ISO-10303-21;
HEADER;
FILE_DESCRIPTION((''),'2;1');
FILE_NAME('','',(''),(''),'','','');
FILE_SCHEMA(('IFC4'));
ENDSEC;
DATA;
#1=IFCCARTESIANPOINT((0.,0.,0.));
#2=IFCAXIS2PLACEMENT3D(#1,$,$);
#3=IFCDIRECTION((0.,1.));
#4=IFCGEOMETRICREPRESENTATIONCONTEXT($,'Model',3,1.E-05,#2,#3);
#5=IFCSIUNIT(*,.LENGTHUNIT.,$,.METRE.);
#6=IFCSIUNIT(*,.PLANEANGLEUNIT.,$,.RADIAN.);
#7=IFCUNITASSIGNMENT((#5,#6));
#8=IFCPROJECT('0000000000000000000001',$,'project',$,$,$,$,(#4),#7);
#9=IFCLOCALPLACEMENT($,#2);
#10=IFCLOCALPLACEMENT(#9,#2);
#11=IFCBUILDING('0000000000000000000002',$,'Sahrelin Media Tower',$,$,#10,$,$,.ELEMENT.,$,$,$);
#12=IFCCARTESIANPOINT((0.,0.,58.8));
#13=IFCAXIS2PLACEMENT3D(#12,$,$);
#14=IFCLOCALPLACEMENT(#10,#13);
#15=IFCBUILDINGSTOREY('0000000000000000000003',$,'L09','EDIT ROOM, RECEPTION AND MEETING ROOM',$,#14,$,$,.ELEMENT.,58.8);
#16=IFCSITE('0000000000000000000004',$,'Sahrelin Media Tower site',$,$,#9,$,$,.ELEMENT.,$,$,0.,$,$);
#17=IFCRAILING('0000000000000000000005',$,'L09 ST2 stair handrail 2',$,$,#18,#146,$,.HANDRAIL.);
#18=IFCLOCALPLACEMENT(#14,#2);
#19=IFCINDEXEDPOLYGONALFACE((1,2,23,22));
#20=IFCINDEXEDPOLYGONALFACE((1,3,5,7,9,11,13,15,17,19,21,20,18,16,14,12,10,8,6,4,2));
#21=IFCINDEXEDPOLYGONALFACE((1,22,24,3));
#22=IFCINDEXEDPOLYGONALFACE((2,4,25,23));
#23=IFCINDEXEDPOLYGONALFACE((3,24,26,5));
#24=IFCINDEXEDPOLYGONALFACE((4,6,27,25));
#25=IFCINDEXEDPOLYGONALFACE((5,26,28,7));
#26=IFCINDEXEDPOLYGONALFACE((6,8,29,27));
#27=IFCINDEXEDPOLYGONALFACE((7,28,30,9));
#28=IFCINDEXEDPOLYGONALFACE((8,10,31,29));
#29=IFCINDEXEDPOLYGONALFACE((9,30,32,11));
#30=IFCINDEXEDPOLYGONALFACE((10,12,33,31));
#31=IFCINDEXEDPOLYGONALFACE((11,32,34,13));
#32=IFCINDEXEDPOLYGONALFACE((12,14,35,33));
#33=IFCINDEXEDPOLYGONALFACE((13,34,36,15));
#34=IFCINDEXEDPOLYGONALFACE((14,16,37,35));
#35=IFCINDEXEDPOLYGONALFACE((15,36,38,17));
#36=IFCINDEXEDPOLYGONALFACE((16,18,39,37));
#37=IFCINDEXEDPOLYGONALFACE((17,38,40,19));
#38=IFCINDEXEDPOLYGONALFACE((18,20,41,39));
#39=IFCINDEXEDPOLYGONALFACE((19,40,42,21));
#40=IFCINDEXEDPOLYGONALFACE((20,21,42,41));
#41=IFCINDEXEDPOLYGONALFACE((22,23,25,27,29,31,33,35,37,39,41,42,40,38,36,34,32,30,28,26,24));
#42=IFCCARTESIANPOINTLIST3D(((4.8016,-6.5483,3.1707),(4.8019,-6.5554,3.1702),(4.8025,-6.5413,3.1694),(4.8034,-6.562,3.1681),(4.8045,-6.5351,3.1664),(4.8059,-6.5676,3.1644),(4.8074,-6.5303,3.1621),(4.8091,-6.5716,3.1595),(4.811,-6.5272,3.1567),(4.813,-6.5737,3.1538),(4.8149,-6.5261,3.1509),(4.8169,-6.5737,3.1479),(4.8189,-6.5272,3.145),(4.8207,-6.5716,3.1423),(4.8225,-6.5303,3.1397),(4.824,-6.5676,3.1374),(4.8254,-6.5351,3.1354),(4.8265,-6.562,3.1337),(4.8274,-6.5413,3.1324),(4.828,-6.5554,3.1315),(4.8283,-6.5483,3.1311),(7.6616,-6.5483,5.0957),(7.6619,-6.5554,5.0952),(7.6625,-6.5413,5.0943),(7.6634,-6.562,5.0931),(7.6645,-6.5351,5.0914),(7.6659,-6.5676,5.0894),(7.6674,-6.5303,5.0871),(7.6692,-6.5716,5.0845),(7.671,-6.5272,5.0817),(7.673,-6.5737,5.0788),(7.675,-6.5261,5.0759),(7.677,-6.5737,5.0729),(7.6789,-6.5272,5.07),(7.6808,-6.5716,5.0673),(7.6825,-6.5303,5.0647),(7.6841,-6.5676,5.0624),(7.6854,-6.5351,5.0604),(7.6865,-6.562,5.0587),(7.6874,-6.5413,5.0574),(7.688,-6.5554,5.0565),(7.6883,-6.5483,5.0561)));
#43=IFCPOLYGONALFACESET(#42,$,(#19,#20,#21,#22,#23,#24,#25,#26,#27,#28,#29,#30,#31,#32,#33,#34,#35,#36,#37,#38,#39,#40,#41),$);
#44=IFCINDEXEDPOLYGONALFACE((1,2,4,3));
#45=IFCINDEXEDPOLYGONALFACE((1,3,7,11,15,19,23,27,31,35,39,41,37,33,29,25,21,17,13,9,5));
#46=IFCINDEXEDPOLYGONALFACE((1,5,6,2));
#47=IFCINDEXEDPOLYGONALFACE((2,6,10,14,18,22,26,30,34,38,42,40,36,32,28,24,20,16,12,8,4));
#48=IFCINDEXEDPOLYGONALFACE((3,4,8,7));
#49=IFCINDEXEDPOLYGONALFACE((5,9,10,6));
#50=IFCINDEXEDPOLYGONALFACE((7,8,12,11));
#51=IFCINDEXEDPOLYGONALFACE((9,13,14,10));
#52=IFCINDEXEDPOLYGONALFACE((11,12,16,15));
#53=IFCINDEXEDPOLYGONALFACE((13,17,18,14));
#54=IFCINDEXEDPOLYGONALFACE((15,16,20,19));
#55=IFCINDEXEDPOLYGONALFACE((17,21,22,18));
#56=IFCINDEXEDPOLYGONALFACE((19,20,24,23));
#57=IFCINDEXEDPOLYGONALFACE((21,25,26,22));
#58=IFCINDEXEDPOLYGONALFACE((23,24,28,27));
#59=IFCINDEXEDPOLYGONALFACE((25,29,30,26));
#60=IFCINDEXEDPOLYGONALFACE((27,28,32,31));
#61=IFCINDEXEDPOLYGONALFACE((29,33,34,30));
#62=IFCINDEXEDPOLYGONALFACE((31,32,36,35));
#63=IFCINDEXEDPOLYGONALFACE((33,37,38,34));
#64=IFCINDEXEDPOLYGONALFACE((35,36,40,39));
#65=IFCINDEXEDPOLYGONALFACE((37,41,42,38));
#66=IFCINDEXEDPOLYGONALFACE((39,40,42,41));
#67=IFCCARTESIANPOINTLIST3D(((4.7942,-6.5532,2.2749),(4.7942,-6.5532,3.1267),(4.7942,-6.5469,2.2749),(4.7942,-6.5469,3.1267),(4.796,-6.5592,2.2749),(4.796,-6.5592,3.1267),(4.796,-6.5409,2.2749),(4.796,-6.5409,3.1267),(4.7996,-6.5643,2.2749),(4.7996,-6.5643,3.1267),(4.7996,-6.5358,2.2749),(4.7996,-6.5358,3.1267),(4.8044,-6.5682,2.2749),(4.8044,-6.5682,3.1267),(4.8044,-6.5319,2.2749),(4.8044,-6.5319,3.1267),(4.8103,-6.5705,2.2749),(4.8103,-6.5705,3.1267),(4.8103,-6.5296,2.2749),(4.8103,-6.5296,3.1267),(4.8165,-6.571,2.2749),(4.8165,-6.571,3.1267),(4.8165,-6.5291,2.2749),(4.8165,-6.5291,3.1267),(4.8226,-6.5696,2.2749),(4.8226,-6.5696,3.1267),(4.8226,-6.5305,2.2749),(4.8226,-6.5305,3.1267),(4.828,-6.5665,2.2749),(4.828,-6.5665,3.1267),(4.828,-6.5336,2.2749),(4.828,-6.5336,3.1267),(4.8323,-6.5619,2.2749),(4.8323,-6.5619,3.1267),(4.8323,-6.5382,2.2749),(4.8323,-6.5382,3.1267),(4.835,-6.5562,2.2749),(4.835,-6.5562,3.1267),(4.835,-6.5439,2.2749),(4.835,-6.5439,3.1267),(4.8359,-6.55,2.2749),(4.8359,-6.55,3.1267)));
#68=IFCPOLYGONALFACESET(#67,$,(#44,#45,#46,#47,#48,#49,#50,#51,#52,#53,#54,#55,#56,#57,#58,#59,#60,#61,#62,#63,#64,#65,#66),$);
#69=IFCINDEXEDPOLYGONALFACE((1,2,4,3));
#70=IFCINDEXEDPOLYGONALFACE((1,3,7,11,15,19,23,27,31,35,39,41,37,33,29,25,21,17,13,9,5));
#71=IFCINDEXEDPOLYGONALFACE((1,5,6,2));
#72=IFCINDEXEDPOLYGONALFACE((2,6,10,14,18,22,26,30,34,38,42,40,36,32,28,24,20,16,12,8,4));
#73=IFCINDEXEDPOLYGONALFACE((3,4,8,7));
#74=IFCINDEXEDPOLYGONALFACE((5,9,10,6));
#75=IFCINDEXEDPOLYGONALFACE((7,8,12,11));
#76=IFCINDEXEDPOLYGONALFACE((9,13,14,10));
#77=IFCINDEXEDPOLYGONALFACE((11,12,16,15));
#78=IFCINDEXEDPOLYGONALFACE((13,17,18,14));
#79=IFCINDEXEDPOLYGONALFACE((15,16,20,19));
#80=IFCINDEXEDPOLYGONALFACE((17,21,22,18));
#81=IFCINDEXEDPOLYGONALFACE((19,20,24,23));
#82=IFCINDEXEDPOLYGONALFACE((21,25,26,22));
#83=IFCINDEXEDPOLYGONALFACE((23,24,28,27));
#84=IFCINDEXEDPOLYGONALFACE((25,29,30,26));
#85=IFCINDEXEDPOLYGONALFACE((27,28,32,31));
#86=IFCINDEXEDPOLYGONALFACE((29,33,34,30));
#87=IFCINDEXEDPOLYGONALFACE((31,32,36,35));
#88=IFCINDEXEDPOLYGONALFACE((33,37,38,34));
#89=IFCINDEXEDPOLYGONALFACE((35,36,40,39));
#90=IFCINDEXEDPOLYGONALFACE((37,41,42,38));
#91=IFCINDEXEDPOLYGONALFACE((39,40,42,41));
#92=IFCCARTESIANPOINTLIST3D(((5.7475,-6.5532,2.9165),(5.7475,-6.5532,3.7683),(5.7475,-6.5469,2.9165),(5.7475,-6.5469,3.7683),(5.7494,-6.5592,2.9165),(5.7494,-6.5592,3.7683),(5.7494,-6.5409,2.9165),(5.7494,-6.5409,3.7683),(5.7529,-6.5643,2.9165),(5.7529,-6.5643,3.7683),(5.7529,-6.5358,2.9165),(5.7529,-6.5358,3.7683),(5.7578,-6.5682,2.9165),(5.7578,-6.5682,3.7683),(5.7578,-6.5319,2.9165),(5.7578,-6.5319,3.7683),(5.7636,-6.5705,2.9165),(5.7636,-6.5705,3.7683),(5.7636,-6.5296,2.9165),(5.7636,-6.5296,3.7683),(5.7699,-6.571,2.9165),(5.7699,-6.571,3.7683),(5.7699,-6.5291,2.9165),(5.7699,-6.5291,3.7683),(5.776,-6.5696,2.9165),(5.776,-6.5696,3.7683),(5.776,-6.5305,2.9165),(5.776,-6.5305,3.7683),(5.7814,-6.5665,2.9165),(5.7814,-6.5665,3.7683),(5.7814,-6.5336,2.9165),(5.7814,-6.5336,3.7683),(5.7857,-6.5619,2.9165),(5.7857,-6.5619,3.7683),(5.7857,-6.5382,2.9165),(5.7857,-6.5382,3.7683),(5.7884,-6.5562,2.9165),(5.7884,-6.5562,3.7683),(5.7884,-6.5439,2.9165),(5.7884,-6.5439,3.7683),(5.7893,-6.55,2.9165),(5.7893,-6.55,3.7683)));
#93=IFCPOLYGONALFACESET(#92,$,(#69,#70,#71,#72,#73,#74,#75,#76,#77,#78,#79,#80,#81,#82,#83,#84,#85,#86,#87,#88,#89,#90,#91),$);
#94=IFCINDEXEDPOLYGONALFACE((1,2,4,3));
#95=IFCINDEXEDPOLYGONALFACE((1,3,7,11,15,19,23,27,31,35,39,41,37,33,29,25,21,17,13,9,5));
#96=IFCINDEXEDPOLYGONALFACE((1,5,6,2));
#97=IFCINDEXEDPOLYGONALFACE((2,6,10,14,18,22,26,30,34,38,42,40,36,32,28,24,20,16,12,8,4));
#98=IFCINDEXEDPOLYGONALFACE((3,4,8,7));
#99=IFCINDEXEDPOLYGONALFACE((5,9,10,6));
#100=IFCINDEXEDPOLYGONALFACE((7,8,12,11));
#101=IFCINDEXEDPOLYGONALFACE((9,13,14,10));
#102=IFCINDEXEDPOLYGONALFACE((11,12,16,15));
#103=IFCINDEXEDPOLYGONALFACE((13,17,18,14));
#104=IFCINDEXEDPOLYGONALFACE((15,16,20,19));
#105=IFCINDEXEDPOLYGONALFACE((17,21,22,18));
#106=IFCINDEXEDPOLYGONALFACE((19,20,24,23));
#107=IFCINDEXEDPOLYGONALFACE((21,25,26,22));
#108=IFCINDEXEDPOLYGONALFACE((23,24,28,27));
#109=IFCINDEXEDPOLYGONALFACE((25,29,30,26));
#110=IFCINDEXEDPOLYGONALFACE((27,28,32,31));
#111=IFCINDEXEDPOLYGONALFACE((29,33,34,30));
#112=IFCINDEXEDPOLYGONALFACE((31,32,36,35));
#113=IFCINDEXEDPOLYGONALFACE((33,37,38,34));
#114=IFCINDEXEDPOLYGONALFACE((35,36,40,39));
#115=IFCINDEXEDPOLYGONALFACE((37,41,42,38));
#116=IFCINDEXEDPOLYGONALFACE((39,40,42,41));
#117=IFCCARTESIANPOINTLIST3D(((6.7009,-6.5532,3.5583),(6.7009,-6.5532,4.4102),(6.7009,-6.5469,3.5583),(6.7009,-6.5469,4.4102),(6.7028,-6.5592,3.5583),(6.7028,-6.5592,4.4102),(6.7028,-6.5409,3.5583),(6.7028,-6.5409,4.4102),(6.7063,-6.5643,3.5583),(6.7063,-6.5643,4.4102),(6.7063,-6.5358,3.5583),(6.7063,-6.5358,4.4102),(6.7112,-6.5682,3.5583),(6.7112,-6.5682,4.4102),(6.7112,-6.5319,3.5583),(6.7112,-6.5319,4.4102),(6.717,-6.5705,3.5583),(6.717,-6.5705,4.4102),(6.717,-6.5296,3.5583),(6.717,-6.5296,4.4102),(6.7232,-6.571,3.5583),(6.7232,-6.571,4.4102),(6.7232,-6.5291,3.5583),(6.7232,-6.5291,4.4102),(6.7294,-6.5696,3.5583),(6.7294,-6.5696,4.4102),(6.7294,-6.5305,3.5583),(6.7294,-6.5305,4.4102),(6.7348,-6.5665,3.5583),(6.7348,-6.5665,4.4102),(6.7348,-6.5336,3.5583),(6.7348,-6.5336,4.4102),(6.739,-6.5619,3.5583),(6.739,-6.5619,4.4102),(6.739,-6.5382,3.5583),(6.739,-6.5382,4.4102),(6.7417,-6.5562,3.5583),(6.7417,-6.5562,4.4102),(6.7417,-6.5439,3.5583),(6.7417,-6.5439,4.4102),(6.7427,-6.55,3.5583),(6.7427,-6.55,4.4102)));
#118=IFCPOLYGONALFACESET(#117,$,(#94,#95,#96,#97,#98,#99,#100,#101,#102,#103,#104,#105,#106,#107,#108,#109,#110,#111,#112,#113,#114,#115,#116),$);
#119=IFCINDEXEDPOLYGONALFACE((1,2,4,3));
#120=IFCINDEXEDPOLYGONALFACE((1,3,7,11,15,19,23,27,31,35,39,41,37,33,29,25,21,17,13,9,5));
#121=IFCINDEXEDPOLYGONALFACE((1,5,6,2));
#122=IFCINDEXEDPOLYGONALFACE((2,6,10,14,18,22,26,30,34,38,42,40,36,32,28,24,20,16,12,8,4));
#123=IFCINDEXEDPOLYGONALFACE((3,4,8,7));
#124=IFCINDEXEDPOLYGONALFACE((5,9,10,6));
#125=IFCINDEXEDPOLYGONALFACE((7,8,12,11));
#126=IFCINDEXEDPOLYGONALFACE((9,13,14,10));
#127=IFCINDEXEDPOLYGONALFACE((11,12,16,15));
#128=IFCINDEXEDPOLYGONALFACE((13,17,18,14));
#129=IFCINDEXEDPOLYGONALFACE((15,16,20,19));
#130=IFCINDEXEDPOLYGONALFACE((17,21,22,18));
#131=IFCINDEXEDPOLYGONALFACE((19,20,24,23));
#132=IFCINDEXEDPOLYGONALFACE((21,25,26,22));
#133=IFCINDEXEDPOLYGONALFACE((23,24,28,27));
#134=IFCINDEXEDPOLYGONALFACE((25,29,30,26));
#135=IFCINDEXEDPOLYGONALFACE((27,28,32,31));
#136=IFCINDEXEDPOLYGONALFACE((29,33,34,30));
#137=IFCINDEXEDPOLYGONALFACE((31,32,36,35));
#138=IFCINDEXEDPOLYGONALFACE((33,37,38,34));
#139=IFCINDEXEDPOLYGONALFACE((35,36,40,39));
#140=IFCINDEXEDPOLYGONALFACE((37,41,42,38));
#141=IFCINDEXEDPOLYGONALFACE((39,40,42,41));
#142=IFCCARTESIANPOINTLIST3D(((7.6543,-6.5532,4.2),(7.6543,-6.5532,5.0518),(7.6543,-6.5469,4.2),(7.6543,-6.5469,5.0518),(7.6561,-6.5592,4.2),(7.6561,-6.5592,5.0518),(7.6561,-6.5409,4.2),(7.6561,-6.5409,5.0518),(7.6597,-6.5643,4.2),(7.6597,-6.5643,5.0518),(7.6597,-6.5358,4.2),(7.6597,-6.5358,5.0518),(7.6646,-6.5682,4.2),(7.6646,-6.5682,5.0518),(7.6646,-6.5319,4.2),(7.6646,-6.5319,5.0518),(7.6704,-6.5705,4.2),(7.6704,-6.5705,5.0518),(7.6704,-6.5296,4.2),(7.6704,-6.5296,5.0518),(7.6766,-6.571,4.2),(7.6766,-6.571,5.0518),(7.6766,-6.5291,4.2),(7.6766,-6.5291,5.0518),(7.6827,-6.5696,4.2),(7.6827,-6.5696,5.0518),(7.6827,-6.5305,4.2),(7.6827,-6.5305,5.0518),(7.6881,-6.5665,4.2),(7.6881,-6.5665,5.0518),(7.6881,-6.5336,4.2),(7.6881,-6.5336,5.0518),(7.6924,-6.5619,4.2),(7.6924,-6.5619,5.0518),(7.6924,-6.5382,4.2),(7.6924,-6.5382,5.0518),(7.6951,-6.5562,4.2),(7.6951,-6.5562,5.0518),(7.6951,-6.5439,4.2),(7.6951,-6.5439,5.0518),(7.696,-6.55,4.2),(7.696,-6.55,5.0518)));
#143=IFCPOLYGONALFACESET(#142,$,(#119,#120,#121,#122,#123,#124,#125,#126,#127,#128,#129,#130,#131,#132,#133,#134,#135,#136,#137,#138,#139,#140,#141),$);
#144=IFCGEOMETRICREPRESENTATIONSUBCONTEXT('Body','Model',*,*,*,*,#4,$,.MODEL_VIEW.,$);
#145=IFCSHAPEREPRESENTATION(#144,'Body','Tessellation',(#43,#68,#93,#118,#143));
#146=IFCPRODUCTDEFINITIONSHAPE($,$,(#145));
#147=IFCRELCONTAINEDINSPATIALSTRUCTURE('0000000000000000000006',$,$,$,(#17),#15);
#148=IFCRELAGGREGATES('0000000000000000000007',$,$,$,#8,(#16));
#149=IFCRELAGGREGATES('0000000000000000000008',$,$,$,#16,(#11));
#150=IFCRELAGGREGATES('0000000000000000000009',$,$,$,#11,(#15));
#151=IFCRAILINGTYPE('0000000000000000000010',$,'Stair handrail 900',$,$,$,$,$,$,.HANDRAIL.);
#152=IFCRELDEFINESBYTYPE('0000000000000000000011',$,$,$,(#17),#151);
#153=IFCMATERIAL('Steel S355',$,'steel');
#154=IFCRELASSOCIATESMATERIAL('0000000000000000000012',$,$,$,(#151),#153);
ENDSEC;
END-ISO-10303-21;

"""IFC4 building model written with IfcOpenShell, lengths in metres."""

from ifc_helpers import new_model, si_unit, direction, frame, origin, origin_2d, place, context, subcontext, project, spatial, circle, extrude, material, type_object, element, save


model = new_model("IFC4")

# Units and contexts
model_context = context("Model", 3, precision=1e-05, world=origin(), true_north=direction((0.0, 1.0)))
body_context = subcontext(model_context, "Body", "Model", "MODEL_VIEW")
ifc_project = project(units=[si_unit("LENGTHUNIT", "METRE"), si_unit("PLANEANGLEUNIT", "RADIAN")], contexts=[model_context])

# Site, building, storey
site_placement = place(None, origin())
site = spatial("IfcSite", under=ifc_project, at=site_placement, Name="Sahrelin Media Tower site", CompositionType="ELEMENT", RefElevation=0.0)
building_placement = place(site_placement, origin())
building = spatial("IfcBuilding", under=site, at=building_placement, Name="Sahrelin Media Tower", CompositionType="ELEMENT")
storey_placement = place(building_placement, frame((0.0, 0.0, 58.8)))
storey = spatial("IfcBuildingStorey", under=building, at=storey_placement, Name="L09", Description="EDIT ROOM, RECEPTION AND MEETING ROOM", CompositionType="ELEMENT", Elevation=58.8)

# Railing
ifc_material_1 = material(Name="Steel S355", Category="steel")
railing_type_1 = type_object("IfcRailingType", Name="Stair handrail 900", PredefinedType="HANDRAIL", material=ifc_material_1)
railing_1_placement = place(storey_placement, frame((4.8149, -6.55, 2.2749)))
element("IfcRailing", 1, at=railing_1_placement, inside=storey, type_object=railing_type_1, Name="L09 ST2 stair handrail 2", PredefinedType="HANDRAIL", context=body_context, shape_type="SweptSolid", body=[
    extrude(circle(Radius=0.0239, at=origin_2d()), frame((0.0, 0.0, 0.876), z_axis=(0.829591, 0.0, 0.558372), x_axis=(0.0, 1.0, 0.0)), (0.0, 0.0, 1.0), 3.4475),
    extrude(circle(Radius=0.021, at=origin_2d()), origin(), (0.0, 0.0, 1.0), 0.8518),
    extrude(circle(Radius=0.021, at=origin_2d()), frame((0.9534, 0.0, 0.6416)), (0.0, 0.0, 1.0), 0.8518),
    extrude(circle(Radius=0.021, at=origin_2d()), frame((1.9067, 0.0, 1.2834)), (0.0, 0.0, 1.0), 0.8518),
    extrude(circle(Radius=0.021, at=origin_2d()), frame((2.8601, 0.0, 1.925)), (0.0, 0.0, 1.0), 0.8518),
])

save(model, "model.ifc")
